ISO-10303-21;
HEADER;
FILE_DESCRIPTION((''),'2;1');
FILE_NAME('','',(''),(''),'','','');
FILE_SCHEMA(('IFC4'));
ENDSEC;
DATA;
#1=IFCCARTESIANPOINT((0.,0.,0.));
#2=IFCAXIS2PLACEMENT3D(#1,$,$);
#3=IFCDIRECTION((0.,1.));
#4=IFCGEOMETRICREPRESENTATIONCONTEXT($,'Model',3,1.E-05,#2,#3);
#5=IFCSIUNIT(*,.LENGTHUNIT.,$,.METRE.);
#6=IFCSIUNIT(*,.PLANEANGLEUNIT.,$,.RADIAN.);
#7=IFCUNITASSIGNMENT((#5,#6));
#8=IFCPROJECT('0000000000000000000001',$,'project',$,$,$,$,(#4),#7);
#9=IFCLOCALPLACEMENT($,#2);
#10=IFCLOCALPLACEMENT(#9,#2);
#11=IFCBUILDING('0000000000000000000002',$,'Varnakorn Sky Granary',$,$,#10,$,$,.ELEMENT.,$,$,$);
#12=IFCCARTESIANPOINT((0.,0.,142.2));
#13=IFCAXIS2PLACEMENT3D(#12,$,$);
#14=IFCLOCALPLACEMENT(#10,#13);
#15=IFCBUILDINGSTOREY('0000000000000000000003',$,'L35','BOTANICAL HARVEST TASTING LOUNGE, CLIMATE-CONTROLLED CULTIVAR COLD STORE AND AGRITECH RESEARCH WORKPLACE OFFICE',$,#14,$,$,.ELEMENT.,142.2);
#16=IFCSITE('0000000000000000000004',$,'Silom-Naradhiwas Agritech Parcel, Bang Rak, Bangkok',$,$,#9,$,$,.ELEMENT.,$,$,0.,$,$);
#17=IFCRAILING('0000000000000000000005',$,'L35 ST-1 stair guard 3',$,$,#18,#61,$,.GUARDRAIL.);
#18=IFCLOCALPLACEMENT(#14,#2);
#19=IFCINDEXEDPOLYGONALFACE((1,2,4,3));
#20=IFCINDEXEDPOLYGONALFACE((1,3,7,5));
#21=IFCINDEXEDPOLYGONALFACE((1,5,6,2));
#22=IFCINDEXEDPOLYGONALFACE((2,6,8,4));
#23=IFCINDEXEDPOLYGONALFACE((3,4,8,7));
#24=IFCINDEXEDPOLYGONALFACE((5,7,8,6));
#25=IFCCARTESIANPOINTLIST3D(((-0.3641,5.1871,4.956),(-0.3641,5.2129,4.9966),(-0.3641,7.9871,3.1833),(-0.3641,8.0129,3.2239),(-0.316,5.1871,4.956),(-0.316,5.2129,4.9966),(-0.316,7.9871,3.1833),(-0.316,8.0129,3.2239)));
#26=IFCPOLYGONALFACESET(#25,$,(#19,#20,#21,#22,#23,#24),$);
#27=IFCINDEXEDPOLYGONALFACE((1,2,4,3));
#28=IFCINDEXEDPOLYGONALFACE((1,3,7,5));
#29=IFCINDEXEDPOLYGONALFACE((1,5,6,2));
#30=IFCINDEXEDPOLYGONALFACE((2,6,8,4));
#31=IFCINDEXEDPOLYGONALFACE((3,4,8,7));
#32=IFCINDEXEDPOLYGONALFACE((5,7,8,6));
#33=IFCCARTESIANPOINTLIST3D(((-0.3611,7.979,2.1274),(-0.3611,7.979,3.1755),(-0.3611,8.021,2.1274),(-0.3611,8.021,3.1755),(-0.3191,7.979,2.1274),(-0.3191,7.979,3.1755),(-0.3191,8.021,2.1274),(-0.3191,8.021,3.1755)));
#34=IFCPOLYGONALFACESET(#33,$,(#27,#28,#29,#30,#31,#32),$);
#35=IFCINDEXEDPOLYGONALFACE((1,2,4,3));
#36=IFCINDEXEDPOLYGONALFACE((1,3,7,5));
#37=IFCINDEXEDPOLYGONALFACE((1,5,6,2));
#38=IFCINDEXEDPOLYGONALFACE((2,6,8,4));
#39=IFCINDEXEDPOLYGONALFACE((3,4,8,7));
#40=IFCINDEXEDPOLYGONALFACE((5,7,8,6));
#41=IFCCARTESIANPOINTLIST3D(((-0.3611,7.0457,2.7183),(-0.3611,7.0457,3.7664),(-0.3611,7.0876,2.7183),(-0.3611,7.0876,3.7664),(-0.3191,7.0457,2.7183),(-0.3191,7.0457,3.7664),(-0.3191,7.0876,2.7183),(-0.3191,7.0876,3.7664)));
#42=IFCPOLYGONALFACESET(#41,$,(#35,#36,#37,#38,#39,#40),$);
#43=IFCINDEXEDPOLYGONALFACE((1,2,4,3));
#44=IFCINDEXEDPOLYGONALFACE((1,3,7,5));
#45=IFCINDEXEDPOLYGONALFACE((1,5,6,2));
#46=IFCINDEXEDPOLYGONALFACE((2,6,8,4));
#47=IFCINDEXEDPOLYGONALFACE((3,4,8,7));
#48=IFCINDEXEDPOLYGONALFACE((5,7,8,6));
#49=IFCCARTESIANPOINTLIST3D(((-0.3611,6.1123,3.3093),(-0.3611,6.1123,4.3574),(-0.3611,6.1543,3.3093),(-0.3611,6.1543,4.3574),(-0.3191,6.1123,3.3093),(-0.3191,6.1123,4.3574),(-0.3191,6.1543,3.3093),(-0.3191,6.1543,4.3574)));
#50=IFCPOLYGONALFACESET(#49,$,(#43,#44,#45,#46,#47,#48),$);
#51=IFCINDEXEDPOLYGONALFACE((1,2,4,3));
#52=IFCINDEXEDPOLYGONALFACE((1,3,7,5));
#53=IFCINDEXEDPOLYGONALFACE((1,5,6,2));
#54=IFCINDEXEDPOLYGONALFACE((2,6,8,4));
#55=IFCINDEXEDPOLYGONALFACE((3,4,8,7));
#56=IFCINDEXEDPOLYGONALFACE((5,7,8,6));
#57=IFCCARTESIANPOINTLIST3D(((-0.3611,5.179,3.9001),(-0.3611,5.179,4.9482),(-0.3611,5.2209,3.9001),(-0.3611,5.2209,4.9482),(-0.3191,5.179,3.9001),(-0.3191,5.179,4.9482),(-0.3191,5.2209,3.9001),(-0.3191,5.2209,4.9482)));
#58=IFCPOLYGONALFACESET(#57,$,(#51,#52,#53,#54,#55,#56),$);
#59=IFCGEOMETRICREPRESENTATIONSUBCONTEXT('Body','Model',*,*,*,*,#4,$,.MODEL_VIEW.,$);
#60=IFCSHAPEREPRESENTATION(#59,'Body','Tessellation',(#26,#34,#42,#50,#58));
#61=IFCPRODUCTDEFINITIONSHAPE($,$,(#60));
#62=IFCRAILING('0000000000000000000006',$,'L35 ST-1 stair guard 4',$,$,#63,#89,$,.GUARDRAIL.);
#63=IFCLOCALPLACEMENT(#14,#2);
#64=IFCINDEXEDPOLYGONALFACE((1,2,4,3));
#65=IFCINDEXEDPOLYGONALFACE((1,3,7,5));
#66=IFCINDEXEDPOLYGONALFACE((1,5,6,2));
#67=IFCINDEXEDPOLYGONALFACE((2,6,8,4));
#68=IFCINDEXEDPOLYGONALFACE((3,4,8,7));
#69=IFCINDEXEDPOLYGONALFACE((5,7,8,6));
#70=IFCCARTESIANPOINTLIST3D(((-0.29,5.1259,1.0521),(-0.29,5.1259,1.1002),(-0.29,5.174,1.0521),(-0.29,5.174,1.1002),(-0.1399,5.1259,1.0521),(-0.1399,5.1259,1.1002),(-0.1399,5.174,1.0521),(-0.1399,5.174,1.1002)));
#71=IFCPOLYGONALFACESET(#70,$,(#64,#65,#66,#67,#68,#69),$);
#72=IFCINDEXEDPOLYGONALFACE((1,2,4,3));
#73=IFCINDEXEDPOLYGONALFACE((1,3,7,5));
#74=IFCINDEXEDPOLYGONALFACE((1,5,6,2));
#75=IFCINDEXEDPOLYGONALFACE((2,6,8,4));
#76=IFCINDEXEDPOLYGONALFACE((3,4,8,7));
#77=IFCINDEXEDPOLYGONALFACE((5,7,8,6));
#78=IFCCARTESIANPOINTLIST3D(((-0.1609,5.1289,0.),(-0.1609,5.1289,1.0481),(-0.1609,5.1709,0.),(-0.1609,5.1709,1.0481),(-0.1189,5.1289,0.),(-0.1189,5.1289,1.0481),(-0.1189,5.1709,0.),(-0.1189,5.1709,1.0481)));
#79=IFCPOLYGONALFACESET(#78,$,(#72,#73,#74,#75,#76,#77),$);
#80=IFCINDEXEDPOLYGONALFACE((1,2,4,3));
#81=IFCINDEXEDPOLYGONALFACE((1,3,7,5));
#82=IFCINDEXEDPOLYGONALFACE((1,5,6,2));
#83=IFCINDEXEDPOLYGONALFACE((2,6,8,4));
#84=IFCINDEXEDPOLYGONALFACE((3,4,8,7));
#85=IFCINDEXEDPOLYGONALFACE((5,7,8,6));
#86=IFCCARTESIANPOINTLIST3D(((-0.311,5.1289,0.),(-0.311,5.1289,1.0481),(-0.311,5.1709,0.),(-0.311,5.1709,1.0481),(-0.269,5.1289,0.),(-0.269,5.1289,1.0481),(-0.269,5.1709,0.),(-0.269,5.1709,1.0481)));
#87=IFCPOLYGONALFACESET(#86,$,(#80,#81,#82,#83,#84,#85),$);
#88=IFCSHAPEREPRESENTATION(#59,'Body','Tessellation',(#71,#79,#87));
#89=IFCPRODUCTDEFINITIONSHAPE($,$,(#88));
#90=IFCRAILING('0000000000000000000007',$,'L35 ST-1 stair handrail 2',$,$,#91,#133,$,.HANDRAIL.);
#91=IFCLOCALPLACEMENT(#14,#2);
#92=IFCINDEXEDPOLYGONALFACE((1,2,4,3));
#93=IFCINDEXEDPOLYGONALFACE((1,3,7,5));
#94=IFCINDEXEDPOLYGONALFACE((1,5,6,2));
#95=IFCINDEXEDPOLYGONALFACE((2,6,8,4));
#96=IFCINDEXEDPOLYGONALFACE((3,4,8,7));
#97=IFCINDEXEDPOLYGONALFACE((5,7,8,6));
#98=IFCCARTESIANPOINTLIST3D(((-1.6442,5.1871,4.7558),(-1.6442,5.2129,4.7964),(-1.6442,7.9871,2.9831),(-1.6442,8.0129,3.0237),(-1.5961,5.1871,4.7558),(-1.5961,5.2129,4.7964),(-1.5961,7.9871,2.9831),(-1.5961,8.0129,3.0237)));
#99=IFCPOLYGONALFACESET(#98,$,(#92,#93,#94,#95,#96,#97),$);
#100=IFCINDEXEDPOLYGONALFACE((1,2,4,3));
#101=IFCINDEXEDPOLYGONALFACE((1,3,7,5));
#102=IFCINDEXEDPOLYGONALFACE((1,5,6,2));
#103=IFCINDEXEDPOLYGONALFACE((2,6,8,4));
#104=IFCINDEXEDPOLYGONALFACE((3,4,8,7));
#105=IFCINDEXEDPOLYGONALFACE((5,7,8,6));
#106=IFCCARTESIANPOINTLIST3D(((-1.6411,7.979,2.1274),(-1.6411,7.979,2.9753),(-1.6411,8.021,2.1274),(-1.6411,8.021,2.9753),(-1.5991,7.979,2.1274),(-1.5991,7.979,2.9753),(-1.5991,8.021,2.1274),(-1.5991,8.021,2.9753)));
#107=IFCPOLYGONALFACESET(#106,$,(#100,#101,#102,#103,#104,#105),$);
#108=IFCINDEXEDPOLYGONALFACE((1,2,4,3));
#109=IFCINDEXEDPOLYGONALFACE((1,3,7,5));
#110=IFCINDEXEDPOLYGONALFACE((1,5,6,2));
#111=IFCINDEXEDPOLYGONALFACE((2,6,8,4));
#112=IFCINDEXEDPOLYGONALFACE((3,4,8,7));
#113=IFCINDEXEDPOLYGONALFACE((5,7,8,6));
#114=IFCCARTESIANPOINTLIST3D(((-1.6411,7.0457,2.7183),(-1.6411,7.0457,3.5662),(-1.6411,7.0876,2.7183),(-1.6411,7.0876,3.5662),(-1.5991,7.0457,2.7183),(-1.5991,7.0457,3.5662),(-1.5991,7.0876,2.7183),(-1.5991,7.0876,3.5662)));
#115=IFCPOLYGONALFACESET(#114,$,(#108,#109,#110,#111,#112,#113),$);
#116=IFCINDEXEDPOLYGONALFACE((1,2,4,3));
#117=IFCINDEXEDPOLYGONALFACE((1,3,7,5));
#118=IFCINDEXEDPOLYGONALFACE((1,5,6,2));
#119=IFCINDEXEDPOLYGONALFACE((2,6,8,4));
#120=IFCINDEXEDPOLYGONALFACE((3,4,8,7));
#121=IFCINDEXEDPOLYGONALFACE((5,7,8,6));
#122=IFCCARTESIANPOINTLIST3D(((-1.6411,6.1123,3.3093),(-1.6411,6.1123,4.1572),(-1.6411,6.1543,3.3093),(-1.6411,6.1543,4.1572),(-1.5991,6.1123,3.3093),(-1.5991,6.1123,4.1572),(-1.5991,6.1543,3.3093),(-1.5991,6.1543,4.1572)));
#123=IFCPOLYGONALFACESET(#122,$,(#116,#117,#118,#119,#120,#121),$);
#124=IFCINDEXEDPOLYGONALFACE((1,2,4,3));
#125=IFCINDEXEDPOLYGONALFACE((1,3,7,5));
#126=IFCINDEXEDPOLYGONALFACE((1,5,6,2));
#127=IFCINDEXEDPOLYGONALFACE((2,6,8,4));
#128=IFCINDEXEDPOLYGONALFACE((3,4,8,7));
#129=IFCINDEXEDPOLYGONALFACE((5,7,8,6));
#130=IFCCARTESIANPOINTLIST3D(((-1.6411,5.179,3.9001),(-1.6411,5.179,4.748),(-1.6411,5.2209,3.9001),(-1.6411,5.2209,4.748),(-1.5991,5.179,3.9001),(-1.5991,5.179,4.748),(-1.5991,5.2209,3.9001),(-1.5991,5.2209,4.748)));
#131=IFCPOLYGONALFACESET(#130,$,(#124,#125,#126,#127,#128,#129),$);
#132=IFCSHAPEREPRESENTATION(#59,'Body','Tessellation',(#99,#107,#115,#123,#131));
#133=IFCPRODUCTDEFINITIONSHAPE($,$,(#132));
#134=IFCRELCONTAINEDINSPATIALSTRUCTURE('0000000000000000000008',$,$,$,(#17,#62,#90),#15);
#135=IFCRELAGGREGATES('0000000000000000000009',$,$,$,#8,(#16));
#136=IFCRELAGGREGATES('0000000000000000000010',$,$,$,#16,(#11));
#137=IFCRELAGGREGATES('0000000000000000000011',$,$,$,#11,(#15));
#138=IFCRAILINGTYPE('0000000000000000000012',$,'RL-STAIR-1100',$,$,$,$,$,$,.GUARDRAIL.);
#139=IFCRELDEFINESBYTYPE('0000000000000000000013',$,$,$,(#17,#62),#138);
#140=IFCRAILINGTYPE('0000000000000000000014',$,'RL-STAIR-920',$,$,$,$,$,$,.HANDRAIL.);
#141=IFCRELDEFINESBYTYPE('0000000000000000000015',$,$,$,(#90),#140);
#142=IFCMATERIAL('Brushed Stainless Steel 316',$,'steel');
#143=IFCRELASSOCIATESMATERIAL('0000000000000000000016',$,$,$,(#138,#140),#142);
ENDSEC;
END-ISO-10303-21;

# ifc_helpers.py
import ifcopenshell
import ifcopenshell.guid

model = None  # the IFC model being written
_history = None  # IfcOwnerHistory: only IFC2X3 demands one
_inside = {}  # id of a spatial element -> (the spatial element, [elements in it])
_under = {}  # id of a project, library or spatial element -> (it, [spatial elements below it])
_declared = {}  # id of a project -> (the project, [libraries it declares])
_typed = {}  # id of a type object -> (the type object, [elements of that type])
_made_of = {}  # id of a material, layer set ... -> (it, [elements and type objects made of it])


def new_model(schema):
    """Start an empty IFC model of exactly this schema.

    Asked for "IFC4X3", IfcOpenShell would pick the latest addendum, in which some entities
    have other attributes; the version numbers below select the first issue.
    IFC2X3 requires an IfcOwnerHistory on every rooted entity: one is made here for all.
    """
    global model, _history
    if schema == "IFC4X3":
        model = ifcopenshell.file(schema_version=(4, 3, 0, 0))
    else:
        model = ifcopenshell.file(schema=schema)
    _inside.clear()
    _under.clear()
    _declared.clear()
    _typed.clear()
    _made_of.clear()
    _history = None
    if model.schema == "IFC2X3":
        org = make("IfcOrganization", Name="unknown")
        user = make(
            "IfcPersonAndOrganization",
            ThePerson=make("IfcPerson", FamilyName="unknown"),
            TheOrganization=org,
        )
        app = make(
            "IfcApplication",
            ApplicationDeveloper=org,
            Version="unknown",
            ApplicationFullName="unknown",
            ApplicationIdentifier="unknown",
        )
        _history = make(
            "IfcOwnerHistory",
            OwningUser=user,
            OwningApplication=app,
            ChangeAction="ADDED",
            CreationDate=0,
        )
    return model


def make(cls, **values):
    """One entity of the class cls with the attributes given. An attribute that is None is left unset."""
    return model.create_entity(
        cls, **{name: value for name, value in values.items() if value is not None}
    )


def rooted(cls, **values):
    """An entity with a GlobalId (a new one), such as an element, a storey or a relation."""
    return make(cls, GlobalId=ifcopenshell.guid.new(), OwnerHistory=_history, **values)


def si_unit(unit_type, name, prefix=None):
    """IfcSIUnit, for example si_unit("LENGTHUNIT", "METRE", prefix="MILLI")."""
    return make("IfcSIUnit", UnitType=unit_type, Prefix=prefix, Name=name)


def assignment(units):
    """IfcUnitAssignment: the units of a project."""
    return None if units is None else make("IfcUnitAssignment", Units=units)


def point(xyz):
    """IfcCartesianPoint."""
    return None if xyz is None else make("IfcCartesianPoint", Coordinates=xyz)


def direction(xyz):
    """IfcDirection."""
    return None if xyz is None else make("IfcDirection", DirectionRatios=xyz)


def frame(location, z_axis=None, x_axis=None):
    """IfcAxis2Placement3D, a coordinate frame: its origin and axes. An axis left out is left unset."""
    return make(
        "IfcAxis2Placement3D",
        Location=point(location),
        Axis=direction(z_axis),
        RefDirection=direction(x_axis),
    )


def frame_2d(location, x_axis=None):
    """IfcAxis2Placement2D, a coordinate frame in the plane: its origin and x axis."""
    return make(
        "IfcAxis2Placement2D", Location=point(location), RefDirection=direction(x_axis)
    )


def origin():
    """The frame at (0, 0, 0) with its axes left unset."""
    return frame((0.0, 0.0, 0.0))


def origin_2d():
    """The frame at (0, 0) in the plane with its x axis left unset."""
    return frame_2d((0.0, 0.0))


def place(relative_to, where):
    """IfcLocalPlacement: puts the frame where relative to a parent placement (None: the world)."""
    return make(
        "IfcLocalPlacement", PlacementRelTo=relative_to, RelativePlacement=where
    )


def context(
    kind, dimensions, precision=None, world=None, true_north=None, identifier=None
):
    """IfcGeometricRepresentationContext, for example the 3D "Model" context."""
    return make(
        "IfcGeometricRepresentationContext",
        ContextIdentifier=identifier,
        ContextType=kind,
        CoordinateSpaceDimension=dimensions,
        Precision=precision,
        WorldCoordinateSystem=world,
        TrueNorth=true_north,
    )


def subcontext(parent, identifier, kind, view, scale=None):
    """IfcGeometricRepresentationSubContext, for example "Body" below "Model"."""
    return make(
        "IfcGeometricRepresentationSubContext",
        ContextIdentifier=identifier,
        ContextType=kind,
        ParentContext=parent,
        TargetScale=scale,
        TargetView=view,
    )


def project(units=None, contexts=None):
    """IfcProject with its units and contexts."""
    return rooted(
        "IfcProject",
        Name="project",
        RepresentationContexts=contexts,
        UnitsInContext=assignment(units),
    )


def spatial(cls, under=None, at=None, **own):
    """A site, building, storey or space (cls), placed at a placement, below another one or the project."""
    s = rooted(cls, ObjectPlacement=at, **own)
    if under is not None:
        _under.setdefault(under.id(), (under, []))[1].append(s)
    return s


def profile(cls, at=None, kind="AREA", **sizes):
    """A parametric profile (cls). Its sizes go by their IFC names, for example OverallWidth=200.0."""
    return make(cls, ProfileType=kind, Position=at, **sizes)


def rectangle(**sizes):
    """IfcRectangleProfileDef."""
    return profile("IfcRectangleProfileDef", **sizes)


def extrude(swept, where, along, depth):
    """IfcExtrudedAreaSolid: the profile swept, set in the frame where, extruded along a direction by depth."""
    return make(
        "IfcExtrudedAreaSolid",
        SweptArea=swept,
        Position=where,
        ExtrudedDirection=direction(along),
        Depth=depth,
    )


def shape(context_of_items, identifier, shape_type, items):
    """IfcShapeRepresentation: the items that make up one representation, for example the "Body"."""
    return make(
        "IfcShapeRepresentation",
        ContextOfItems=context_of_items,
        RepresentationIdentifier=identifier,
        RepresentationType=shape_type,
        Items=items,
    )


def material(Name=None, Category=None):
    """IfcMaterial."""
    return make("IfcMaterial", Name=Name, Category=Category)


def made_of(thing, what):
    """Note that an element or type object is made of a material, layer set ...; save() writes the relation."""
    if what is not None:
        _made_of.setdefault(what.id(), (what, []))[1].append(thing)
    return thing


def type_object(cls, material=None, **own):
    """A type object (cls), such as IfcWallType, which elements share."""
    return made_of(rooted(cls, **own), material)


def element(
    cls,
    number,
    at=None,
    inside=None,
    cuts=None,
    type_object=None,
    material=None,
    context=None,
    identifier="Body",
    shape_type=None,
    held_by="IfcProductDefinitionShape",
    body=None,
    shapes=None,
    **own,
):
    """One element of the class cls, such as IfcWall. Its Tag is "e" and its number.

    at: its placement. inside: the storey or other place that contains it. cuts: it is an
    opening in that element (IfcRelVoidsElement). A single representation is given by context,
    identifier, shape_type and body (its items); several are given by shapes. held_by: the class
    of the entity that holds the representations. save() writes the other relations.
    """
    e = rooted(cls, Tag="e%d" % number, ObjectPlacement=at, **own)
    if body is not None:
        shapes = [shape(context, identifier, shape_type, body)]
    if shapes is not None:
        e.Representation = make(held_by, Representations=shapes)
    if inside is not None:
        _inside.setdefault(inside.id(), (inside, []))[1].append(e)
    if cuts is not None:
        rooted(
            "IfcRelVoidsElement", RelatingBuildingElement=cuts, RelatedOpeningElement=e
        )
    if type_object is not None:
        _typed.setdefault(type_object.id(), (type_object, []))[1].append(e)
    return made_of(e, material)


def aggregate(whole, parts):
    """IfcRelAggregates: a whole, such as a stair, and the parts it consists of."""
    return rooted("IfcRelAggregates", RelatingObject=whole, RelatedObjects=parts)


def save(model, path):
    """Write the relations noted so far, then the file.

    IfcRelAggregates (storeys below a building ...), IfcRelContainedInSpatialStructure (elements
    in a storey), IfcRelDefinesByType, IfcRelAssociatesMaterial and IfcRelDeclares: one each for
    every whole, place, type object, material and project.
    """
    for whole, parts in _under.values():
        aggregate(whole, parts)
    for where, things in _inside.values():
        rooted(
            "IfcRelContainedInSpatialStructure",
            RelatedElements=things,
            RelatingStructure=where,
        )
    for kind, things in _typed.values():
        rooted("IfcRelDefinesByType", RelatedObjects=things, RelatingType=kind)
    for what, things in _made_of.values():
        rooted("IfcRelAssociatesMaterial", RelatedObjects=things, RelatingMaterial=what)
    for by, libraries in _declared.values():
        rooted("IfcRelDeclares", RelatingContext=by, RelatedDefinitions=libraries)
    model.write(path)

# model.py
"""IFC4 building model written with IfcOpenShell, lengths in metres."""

from ifc_helpers import new_model, si_unit, direction, frame, origin, origin_2d, place, context, subcontext, project, spatial, rectangle, extrude, material, type_object, element, save


model = new_model("IFC4")

# Units and contexts
model_context = context("Model", 3, precision=1e-05, world=origin(), true_north=direction((0.0, 1.0)))
body_context = subcontext(model_context, "Body", "Model", "MODEL_VIEW")
ifc_project = project(units=[si_unit("LENGTHUNIT", "METRE"), si_unit("PLANEANGLEUNIT", "RADIAN")], contexts=[model_context])

# Site, building, storey
site_placement = place(None, origin())
site = spatial("IfcSite", under=ifc_project, at=site_placement, Name="Silom-Naradhiwas Agritech Parcel, Bang Rak, Bangkok", CompositionType="ELEMENT", RefElevation=0.0)
building_placement = place(site_placement, origin())
building = spatial("IfcBuilding", under=site, at=building_placement, Name="Varnakorn Sky Granary", CompositionType="ELEMENT")
storey_placement = place(building_placement, frame((0.0, 0.0, 142.2)))
storey = spatial("IfcBuildingStorey", under=building, at=storey_placement, Name="L35", Description="BOTANICAL HARVEST TASTING LOUNGE, CLIMATE-CONTROLLED CULTIVAR COLD STORE AND AGRITECH RESEARCH WORKPLACE OFFICE", CompositionType="ELEMENT", Elevation=142.2)

# Railings
ifc_material_1 = material(Name="Brushed Stainless Steel 316", Category="steel")
railing_type_1 = type_object("IfcRailingType", Name="RL-STAIR-1100", PredefinedType="GUARDRAIL", material=ifc_material_1)
railing_1_placement = place(storey_placement, frame((-0.3401, 8.0, 2.1274)))
element("IfcRailing", 1, at=railing_1_placement, inside=storey, type_object=railing_type_1, Name="L35 ST-1 stair guard 3", PredefinedType="GUARDRAIL", context=body_context, shape_type="SweptSolid", body=[
    extrude(rectangle(XDim=0.0481, YDim=0.0481, at=origin_2d()), frame((0.0, 0.0, 1.0762), z_axis=(0.0, -0.844909, 0.53491), x_axis=(1.0, 0.0, 0.0)), (0.0, 0.0, 1.0), 3.314),
    extrude(rectangle(XDim=0.042, YDim=0.042, at=origin_2d()), origin(), (0.0, 0.0, 1.0), 1.0481),
    extrude(rectangle(XDim=0.042, YDim=0.042, at=origin_2d()), frame((0.0, -0.9333, 0.5908)), (0.0, 0.0, 1.0), 1.0481),
    extrude(rectangle(XDim=0.042, YDim=0.042, at=origin_2d()), frame((0.0, -1.8667, 1.1819)), (0.0, 0.0, 1.0), 1.0481),
    extrude(rectangle(XDim=0.042, YDim=0.042, at=origin_2d()), frame((0.0, -2.8, 1.7727)), (0.0, 0.0, 1.0), 1.0481),
])
railing_2_placement = place(storey_placement, frame((-0.1399, 5.1499, 0.0)))
element("IfcRailing", 2, at=railing_2_placement, inside=storey, type_object=railing_type_1, Name="L35 ST-1 stair guard 4", PredefinedType="GUARDRAIL", context=body_context, shape_type="SweptSolid", body=[
    extrude(rectangle(XDim=0.0481, YDim=0.0481, at=origin_2d()), frame((0.0, 0.0, 1.0762), z_axis=(-1.0, 0.0, 0.0), x_axis=(0.0, -1.0, 0.0)), (0.0, 0.0, 1.0), 0.1501),
    extrude(rectangle(XDim=0.042, YDim=0.042, at=origin_2d()), origin(), (0.0, 0.0, 1.0), 1.0481),
    extrude(rectangle(XDim=0.042, YDim=0.042, at=origin_2d()), frame((-0.1501, 0.0, 0.0)), (0.0, 0.0, 1.0), 1.0481),
])
railing_type_2 = type_object("IfcRailingType", Name="RL-STAIR-920", PredefinedType="HANDRAIL", material=ifc_material_1)
railing_3_placement = place(storey_placement, frame((-1.6201, 8.0, 2.1274)))
element("IfcRailing", 3, at=railing_3_placement, inside=storey, type_object=railing_type_2, Name="L35 ST-1 stair handrail 2", PredefinedType="HANDRAIL", context=body_context, shape_type="SweptSolid", body=[
    extrude(rectangle(XDim=0.0481, YDim=0.0481, at=origin_2d()), frame((0.0, 0.0, 0.876), z_axis=(0.0, -0.844909, 0.53491), x_axis=(1.0, 0.0, 0.0)), (0.0, 0.0, 1.0), 3.314),
    extrude(rectangle(XDim=0.042, YDim=0.042, at=origin_2d()), origin(), (0.0, 0.0, 1.0), 0.8479),
    extrude(rectangle(XDim=0.042, YDim=0.042, at=origin_2d()), frame((0.0, -0.9333, 0.5908)), (0.0, 0.0, 1.0), 0.8479),
    extrude(rectangle(XDim=0.042, YDim=0.042, at=origin_2d()), frame((0.0, -1.8667, 1.1819)), (0.0, 0.0, 1.0), 0.8479),
    extrude(rectangle(XDim=0.042, YDim=0.042, at=origin_2d()), frame((0.0, -2.8, 1.7727)), (0.0, 0.0, 1.0), 0.8479),
])

save(model, "model.ifc")
